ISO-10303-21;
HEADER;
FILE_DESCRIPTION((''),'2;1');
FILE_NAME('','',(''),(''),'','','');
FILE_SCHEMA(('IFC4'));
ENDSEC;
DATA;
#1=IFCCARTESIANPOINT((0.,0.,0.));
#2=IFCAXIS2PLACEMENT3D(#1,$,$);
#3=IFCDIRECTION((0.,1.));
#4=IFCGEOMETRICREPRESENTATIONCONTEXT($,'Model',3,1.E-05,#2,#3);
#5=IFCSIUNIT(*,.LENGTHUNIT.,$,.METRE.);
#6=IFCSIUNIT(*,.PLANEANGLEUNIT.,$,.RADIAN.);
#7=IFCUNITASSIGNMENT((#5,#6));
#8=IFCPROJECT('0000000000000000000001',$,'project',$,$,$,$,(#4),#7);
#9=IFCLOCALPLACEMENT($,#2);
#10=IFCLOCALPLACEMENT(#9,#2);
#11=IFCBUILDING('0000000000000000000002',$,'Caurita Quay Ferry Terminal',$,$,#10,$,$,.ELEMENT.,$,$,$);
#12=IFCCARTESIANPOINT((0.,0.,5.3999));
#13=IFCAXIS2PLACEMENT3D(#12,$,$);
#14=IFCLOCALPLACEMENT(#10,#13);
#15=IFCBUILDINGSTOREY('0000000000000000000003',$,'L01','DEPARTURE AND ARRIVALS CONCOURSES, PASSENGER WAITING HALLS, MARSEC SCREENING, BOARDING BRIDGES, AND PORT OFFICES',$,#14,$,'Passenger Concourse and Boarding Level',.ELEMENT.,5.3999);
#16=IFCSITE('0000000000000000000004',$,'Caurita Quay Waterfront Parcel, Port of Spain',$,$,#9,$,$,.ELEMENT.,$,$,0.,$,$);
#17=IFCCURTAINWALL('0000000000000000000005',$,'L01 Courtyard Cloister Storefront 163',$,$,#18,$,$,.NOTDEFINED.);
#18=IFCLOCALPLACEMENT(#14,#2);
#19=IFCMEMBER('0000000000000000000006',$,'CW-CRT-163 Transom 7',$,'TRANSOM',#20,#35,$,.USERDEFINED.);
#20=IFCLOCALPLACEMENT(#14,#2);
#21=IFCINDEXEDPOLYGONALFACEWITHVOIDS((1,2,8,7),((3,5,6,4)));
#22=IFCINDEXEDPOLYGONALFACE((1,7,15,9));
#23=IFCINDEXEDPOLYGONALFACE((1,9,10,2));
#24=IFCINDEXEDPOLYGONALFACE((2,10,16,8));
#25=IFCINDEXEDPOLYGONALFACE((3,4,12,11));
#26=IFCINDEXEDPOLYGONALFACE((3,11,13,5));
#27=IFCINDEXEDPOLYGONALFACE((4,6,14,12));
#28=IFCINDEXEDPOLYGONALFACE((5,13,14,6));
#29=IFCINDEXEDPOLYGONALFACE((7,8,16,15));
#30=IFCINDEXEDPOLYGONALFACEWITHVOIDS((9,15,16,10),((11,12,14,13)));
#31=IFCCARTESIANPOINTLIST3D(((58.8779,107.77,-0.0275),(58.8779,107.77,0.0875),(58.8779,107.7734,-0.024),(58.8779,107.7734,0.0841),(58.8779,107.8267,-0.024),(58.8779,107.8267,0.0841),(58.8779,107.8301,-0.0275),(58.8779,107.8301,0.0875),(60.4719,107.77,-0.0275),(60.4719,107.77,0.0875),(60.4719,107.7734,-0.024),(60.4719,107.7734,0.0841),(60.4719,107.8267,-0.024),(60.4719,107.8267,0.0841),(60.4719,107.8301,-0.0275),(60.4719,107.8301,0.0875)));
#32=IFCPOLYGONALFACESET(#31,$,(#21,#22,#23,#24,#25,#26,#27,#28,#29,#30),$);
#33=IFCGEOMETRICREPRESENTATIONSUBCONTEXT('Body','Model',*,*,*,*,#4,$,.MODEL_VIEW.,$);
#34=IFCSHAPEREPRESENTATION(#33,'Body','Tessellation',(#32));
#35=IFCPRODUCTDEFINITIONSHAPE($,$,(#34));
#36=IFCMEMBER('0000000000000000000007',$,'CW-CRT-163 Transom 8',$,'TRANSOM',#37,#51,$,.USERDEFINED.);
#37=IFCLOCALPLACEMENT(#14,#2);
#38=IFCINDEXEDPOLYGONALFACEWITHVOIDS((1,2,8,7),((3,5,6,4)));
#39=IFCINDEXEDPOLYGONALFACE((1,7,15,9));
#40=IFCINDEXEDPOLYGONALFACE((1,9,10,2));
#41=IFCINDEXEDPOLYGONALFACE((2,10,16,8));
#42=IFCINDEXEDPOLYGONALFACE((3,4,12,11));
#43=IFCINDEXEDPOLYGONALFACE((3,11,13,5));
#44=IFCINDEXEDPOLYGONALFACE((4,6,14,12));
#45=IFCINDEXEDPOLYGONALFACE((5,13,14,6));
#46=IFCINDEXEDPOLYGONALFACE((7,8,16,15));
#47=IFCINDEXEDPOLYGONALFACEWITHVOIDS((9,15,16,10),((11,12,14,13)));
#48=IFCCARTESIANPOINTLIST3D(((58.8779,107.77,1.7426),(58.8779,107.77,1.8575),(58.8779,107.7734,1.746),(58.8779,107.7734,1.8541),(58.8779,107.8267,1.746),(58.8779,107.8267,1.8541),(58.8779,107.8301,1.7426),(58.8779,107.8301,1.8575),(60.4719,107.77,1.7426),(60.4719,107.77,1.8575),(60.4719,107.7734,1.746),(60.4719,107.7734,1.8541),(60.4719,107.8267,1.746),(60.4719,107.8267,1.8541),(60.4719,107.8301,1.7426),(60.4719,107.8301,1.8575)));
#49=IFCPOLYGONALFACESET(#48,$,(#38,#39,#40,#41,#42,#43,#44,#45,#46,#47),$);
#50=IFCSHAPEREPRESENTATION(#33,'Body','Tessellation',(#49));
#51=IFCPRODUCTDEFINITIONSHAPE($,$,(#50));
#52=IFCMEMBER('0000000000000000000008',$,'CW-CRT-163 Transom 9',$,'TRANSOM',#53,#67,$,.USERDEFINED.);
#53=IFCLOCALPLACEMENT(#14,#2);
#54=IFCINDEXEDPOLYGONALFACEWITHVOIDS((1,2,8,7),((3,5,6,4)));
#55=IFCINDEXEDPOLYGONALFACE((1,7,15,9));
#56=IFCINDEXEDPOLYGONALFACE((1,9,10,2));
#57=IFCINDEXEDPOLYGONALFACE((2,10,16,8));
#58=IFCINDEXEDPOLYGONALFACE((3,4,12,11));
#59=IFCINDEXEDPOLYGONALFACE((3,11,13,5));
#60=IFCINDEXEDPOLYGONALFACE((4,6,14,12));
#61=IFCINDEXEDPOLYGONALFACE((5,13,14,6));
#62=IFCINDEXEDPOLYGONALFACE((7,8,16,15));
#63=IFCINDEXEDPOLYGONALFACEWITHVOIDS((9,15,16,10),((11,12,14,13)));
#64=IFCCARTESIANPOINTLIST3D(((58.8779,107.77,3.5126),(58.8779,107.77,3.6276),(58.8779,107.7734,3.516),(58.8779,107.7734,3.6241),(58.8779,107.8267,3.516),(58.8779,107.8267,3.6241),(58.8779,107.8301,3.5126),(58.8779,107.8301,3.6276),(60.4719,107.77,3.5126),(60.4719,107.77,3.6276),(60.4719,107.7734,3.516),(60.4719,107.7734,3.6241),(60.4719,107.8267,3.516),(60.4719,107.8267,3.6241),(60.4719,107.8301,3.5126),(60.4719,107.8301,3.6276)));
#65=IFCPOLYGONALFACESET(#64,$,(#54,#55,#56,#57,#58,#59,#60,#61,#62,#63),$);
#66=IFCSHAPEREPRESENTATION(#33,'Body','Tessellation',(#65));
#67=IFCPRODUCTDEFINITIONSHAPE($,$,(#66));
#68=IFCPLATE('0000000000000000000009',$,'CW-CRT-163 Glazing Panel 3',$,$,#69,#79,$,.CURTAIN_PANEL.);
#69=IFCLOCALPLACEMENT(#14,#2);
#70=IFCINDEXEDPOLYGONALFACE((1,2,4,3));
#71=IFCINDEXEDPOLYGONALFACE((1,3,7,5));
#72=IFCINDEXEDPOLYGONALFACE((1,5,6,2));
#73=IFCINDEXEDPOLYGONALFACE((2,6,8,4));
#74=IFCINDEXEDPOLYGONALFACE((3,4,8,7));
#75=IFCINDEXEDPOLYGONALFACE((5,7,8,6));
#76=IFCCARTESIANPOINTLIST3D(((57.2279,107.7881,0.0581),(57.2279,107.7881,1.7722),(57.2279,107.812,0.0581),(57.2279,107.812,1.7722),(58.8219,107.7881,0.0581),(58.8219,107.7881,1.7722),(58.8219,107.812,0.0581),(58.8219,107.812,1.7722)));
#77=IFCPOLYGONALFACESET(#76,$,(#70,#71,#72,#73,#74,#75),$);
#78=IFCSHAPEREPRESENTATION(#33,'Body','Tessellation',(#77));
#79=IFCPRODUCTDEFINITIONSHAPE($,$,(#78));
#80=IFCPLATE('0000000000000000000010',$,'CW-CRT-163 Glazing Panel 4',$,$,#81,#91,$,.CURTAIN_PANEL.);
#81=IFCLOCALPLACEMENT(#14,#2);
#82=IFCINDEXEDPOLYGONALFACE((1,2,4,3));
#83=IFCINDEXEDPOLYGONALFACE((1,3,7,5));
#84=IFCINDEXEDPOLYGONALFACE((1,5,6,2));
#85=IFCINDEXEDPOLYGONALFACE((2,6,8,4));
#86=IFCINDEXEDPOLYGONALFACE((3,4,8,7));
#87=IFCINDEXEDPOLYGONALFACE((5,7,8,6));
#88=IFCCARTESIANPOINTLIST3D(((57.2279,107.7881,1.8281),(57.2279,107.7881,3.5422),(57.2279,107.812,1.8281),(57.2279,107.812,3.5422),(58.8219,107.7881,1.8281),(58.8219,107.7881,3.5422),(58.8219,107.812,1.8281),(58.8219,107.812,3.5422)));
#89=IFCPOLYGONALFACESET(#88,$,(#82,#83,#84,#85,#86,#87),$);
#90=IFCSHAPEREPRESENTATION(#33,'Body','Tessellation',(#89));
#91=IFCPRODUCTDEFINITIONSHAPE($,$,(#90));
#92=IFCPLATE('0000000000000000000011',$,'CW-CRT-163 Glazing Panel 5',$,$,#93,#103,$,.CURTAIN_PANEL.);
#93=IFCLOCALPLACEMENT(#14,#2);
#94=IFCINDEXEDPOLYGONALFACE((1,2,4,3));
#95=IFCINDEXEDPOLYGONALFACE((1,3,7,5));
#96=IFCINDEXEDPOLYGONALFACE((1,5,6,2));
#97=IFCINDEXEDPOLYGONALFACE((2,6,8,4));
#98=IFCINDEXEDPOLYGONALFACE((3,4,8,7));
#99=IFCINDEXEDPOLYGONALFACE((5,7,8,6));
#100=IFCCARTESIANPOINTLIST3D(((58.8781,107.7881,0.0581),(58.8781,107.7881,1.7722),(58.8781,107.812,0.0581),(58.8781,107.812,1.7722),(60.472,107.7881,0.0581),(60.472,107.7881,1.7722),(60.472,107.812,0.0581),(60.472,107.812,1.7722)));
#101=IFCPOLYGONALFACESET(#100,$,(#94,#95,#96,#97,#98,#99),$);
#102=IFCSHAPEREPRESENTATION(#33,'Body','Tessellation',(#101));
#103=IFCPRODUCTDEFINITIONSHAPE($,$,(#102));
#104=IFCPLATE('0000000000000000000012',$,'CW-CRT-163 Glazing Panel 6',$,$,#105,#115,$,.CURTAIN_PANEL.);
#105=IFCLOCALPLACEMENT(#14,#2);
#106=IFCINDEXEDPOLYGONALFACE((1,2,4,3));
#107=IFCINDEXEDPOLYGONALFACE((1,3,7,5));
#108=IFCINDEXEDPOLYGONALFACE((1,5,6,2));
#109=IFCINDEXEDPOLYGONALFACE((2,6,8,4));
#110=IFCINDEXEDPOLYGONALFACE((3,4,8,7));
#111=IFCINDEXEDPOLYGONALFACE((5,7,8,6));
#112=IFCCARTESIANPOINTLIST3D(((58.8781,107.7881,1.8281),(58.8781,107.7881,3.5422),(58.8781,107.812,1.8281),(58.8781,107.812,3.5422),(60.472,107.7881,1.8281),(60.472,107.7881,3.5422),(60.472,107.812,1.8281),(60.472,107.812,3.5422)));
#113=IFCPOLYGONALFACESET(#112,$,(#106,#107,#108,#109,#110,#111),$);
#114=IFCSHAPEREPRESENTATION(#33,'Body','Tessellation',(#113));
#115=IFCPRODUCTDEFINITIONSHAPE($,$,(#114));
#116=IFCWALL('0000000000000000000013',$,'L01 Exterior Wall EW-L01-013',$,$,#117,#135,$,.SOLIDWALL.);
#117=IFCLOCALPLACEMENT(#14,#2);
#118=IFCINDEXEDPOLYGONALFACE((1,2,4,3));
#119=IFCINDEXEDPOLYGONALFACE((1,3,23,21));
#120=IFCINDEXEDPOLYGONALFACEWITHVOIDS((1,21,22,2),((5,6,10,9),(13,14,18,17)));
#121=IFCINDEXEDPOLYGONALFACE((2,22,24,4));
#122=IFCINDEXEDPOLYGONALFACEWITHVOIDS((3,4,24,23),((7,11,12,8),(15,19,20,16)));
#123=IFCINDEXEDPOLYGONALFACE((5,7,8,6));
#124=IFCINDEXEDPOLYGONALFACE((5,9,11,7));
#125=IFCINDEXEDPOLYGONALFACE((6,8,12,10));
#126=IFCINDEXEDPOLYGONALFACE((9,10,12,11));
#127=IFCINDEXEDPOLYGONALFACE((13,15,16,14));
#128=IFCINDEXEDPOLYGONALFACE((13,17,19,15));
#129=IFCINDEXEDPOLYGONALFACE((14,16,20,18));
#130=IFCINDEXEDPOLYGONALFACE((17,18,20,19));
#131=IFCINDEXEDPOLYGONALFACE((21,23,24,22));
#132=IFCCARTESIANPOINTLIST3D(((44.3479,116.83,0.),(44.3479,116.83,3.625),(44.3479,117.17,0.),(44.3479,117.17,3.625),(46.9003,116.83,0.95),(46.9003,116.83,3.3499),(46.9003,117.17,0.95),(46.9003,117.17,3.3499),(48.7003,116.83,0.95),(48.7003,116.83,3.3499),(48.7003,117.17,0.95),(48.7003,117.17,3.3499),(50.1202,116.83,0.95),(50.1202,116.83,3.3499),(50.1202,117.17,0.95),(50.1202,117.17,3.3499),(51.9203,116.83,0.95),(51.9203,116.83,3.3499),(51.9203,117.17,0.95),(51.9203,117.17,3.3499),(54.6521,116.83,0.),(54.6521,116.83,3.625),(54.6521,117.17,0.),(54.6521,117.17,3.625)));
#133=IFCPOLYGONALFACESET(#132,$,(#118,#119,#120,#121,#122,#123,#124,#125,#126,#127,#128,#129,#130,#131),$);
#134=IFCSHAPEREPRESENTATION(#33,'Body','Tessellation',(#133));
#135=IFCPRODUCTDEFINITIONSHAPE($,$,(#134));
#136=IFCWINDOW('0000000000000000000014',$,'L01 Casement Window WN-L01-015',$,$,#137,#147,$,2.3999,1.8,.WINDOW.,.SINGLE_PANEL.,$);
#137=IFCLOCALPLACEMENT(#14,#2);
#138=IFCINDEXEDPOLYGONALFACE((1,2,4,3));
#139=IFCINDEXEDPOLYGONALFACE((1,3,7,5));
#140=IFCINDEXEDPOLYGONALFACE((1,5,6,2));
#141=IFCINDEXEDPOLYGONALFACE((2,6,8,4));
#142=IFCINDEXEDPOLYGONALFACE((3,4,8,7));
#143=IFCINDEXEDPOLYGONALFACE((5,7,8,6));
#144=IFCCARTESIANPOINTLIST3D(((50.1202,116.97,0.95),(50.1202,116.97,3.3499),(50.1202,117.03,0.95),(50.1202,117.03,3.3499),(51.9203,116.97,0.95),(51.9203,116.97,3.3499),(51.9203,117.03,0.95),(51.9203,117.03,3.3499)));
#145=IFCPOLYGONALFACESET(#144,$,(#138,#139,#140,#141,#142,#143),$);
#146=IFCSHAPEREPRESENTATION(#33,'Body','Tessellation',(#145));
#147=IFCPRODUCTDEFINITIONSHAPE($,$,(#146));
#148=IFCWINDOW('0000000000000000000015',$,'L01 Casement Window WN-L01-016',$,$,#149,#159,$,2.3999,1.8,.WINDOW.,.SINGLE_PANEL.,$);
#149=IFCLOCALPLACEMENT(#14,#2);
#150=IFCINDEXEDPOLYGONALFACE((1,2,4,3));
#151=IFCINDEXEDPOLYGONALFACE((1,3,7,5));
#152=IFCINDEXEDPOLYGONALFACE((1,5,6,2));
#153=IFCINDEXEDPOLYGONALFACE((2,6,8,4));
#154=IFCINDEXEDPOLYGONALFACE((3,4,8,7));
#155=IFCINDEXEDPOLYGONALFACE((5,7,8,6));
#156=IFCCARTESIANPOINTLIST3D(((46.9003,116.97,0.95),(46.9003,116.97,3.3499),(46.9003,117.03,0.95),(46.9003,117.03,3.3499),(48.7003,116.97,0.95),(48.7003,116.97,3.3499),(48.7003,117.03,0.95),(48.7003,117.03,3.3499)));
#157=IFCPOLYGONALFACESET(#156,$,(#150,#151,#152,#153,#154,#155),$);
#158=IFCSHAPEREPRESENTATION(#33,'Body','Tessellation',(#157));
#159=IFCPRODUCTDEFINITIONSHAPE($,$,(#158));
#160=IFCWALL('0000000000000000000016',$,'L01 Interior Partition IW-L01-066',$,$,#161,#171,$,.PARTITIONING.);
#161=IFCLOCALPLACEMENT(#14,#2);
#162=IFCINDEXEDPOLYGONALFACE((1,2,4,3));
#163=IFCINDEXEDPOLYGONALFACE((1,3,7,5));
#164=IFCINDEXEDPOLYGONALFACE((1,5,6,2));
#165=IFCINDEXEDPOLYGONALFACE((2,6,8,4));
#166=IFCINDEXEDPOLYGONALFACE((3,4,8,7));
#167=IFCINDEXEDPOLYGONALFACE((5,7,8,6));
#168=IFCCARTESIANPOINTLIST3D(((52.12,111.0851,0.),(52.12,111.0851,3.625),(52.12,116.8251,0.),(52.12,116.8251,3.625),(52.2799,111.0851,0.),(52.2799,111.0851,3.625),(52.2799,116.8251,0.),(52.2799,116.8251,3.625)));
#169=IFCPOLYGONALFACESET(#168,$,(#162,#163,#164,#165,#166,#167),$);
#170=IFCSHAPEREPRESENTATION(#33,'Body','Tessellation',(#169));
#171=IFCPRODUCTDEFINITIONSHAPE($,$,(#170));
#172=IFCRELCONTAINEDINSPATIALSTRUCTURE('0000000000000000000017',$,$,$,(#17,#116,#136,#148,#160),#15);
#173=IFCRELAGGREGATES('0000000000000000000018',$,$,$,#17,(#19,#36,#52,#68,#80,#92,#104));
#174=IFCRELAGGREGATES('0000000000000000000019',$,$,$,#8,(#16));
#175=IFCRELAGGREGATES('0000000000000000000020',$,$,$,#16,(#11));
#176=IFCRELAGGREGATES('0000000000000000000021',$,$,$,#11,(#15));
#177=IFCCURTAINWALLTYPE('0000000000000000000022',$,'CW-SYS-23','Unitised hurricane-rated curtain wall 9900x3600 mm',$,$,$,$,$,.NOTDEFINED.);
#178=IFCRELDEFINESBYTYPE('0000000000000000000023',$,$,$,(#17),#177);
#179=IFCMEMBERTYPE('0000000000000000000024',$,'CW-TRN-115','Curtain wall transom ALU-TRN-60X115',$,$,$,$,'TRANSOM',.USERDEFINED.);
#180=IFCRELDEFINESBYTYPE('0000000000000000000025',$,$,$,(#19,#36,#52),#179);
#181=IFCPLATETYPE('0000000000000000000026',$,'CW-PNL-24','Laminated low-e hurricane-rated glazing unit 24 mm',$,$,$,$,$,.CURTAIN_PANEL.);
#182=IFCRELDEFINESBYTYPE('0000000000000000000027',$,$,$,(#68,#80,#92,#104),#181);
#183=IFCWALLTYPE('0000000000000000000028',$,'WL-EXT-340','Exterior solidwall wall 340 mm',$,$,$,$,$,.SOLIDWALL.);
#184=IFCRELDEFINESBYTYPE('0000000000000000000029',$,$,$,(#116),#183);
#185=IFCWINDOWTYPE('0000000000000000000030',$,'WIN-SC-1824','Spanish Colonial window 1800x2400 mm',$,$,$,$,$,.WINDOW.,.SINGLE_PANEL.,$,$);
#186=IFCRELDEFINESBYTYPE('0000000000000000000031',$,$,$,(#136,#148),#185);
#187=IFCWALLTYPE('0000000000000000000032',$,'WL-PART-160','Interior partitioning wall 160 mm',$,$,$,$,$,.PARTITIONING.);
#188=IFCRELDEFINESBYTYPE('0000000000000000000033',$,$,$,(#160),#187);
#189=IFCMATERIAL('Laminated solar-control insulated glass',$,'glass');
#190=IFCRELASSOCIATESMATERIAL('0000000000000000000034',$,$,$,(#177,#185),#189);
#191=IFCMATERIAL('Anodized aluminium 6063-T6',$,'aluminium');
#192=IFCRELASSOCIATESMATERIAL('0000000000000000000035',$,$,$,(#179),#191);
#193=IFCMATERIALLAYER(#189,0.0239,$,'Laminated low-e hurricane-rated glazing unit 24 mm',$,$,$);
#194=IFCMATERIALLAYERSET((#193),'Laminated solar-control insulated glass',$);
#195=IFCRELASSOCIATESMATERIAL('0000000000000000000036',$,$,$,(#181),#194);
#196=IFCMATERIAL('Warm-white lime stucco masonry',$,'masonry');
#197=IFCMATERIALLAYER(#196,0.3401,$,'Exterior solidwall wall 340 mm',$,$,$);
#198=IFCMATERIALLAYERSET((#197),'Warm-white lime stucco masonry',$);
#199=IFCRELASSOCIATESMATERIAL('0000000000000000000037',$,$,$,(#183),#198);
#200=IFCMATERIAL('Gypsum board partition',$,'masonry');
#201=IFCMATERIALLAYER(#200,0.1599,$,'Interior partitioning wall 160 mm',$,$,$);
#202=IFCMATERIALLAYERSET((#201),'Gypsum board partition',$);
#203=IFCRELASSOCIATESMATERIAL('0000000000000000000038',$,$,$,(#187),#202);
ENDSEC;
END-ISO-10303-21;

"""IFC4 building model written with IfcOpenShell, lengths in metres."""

from ifc_helpers import new_model, si_unit, direction, frame, frame_2d, origin, origin_2d, place, context, subcontext, project, spatial, rectangle, hollow_rectangle, extrude, material, layer, layer_set, material_profile, profile_set, type_object, element, fill, aggregate, save


model = new_model("IFC4")

# Units and contexts
model_context = context("Model", 3, precision=1e-05, world=origin(), true_north=direction((0.0, 1.0)))
body_context = subcontext(model_context, "Body", "Model", "MODEL_VIEW")
ifc_project = project(units=[si_unit("LENGTHUNIT", "METRE"), si_unit("PLANEANGLEUNIT", "RADIAN")], contexts=[model_context])

# Site, building, storey
site_placement = place(None, origin())
site = spatial("IfcSite", under=ifc_project, at=site_placement, Name="Caurita Quay Waterfront Parcel, Port of Spain", CompositionType="ELEMENT", RefElevation=0.0)
building_placement = place(site_placement, origin())
building = spatial("IfcBuilding", under=site, at=building_placement, Name="Caurita Quay Ferry Terminal", CompositionType="ELEMENT")
storey_placement = place(building_placement, frame((0.0, 0.0, 5.3999)))
storey = spatial("IfcBuildingStorey", under=building, at=storey_placement, Name="L01", Description="DEPARTURE AND ARRIVALS CONCOURSES, PASSENGER WAITING HALLS, MARSEC SCREENING, BOARDING BRIDGES, AND PORT OFFICES", LongName="Passenger Concourse and Boarding Level", CompositionType="ELEMENT", Elevation=5.3999)

# Curtain wall, members, plates
ifc_material_1 = material(Name="Laminated solar-control insulated glass", Category="glass")
curtain_wall_type = type_object("IfcCurtainWallType", Name="CW-SYS-23", Description="Unitised hurricane-rated curtain wall 9900x3600 mm", PredefinedType="NOTDEFINED", material=ifc_material_1)
curtain_wall_placement = place(storey_placement, origin())
curtain_wall = element("IfcCurtainWall", 1, at=curtain_wall_placement, inside=storey, type_object=curtain_wall_type, Name="L01 Courtyard Cloister Storefront 163", PredefinedType="NOTDEFINED")
ifc_material_2 = material(Name="Anodized aluminium 6063-T6", Category="aluminium")
ifc_material_profile_1 = material_profile(ifc_material_2, hollow_rectangle(XDim=0.0601, YDim=0.115, WallThickness=0.0034, at=origin_2d()), Name="ALU-TRN-60X115")
ifc_profile_set_1 = profile_set([ifc_material_profile_1], Name="Anodized aluminium 6063-T6")
member_type_1 = type_object("IfcMemberType", Name="CW-TRN-115", Description="Curtain wall transom ALU-TRN-60X115", ElementType="TRANSOM", PredefinedType="USERDEFINED", material=ifc_profile_set_1)
member_1_placement = place(storey_placement, frame((58.8779, 107.8, 0.03), z_axis=(1.0, 0.0, 0.0), x_axis=(0.0, 1.0, 0.0)))
member_1 = element("IfcMember", 2, at=member_1_placement, type_object=member_type_1, Name="CW-CRT-163 Transom 7", ObjectType="TRANSOM", PredefinedType="USERDEFINED", context=body_context, shape_type="SweptSolid", body=[
    extrude(hollow_rectangle(XDim=0.0601, YDim=0.115, WallThickness=0.0034, at=origin_2d()), origin(), (0.0, 0.0, 1.0), 1.594),
])
member_2_placement = place(storey_placement, frame((58.8779, 107.8, 1.8), z_axis=(1.0, 0.0, 0.0), x_axis=(0.0, 1.0, 0.0)))
member_2 = element("IfcMember", 3, at=member_2_placement, type_object=member_type_1, Name="CW-CRT-163 Transom 8", ObjectType="TRANSOM", PredefinedType="USERDEFINED", context=body_context, shape_type="SweptSolid", body=[
    extrude(hollow_rectangle(XDim=0.0601, YDim=0.115, WallThickness=0.0034, at=origin_2d()), origin(), (0.0, 0.0, 1.0), 1.594),
])
member_3_placement = place(storey_placement, frame((58.8779, 107.8, 3.5701), z_axis=(1.0, 0.0, 0.0), x_axis=(0.0, 1.0, 0.0)))
member_3 = element("IfcMember", 4, at=member_3_placement, type_object=member_type_1, Name="CW-CRT-163 Transom 9", ObjectType="TRANSOM", PredefinedType="USERDEFINED", context=body_context, shape_type="SweptSolid", body=[
    extrude(hollow_rectangle(XDim=0.0601, YDim=0.115, WallThickness=0.0034, at=origin_2d()), origin(), (0.0, 0.0, 1.0), 1.594),
])
ifc_layer_1 = layer(ifc_material_1, 0.0239, Name="Laminated low-e hurricane-rated glazing unit 24 mm")
ifc_layer_set_1 = layer_set([ifc_layer_1], Name="Laminated solar-control insulated glass")
plate_type = type_object("IfcPlateType", Name="CW-PNL-24", Description="Laminated low-e hurricane-rated glazing unit 24 mm", PredefinedType="CURTAIN_PANEL", material=ifc_layer_set_1)
plate_1_placement = place(storey_placement, frame((58.0249, 107.8, 0.0581), z_axis=(0.0, 0.0, 1.0), x_axis=(1.0, 0.0, 0.0)))
plate_1 = element("IfcPlate", 5, at=plate_1_placement, type_object=plate_type, Name="CW-CRT-163 Glazing Panel 3", PredefinedType="CURTAIN_PANEL", context=body_context, shape_type="SweptSolid", body=[
    extrude(rectangle(XDim=1.594, YDim=0.0239, at=origin_2d()), origin(), (0.0, 0.0, 1.0), 1.7141),
])
plate_2_placement = place(storey_placement, frame((58.0249, 107.8, 1.8281), z_axis=(0.0, 0.0, 1.0), x_axis=(1.0, 0.0, 0.0)))
plate_2 = element("IfcPlate", 6, at=plate_2_placement, type_object=plate_type, Name="CW-CRT-163 Glazing Panel 4", PredefinedType="CURTAIN_PANEL", context=body_context, shape_type="SweptSolid", body=[
    extrude(rectangle(XDim=1.594, YDim=0.0239, at=origin_2d()), origin(), (0.0, 0.0, 1.0), 1.7141),
])
plate_3_placement = place(storey_placement, frame((59.675, 107.8, 0.0581), z_axis=(0.0, 0.0, 1.0), x_axis=(1.0, 0.0, 0.0)))
plate_3 = element("IfcPlate", 7, at=plate_3_placement, type_object=plate_type, Name="CW-CRT-163 Glazing Panel 5", PredefinedType="CURTAIN_PANEL", context=body_context, shape_type="SweptSolid", body=[
    extrude(rectangle(XDim=1.594, YDim=0.0239, at=origin_2d()), origin(), (0.0, 0.0, 1.0), 1.7141),
])
plate_4_placement = place(storey_placement, frame((59.675, 107.8, 1.8281), z_axis=(0.0, 0.0, 1.0), x_axis=(1.0, 0.0, 0.0)))
plate_4 = element("IfcPlate", 8, at=plate_4_placement, type_object=plate_type, Name="CW-CRT-163 Glazing Panel 6", PredefinedType="CURTAIN_PANEL", context=body_context, shape_type="SweptSolid", body=[
    extrude(rectangle(XDim=1.594, YDim=0.0239, at=origin_2d()), origin(), (0.0, 0.0, 1.0), 1.7141),
])
aggregate(curtain_wall, [member_1, member_2, member_3, plate_1, plate_2, plate_3, plate_4])

# Wall, openings, windows
ifc_material_3 = material(Name="Warm-white lime stucco masonry", Category="masonry")
ifc_layer_2 = layer(ifc_material_3, 0.3401, Name="Exterior solidwall wall 340 mm")
ifc_layer_set_2 = layer_set([ifc_layer_2], Name="Warm-white lime stucco masonry")
wall_type_1 = type_object("IfcWallType", Name="WL-EXT-340", Description="Exterior solidwall wall 340 mm", PredefinedType="SOLIDWALL", material=ifc_layer_set_2)
wall_1_placement = place(storey_placement, frame((54.6521, 117.0, 0.0), z_axis=(0.0, 0.0, 1.0), x_axis=(-1.0, 0.0, 0.0)))
wall_1 = element("IfcWall", 9, at=wall_1_placement, inside=storey, type_object=wall_type_1, Name="L01 Exterior Wall EW-L01-013", PredefinedType="SOLIDWALL", context=body_context, shape_type="SweptSolid", body=[
    extrude(rectangle(XDim=10.3042, YDim=0.3401, at=frame_2d((5.1521, 0.0))), origin(), (0.0, 0.0, 1.0), 3.625),
])
opening_1_placement = place(wall_1_placement, frame((2.7319, 0.0, 0.95)))
opening_1 = element("IfcOpeningElement", 10, at=opening_1_placement, cuts=wall_1, PredefinedType="OPENING", context=body_context, shape_type="SweptSolid", body=[
    extrude(rectangle(XDim=1.8, YDim=2.3999, at=frame_2d((0.8999, 1.2))), frame((0.0, 0.1799, 0.0), z_axis=(0.0, -1.0, 0.0), x_axis=(1.0, 0.0, 0.0)), (0.0, 0.0, 1.0), 0.3601),
])
opening_2_placement = place(wall_1_placement, frame((5.9519, 0.0, 0.95)))
opening_2 = element("IfcOpeningElement", 11, at=opening_2_placement, cuts=wall_1, PredefinedType="OPENING", context=body_context, shape_type="SweptSolid", body=[
    extrude(rectangle(XDim=1.8, YDim=2.3999, at=frame_2d((0.8999, 1.2))), frame((0.0, 0.1799, 0.0), z_axis=(0.0, -1.0, 0.0), x_axis=(1.0, 0.0, 0.0)), (0.0, 0.0, 1.0), 0.3601),
])
window_type = type_object("IfcWindowType", Name="WIN-SC-1824", Description="Spanish Colonial window 1800x2400 mm", PartitioningType="SINGLE_PANEL", PredefinedType="WINDOW", material=ifc_material_1)
window_1_placement = place(opening_1_placement, origin())
window_1 = element("IfcWindow", 12, at=window_1_placement, inside=storey, type_object=window_type, Name="L01 Casement Window WN-L01-015", OverallHeight=2.3999, OverallWidth=1.8, PartitioningType="SINGLE_PANEL", PredefinedType="WINDOW", context=body_context, shape_type="SweptSolid", body=[
    extrude(rectangle(XDim=1.8, YDim=2.3999, at=frame_2d((0.8999, 1.2))), frame((0.0, 0.03, 0.0), z_axis=(0.0, -1.0, 0.0), x_axis=(1.0, 0.0, 0.0)), (0.0, 0.0, 1.0), 0.0601),
])
fill(opening_1, window_1)
window_2_placement = place(opening_2_placement, origin())
window_2 = element("IfcWindow", 13, at=window_2_placement, inside=storey, type_object=window_type, Name="L01 Casement Window WN-L01-016", OverallHeight=2.3999, OverallWidth=1.8, PartitioningType="SINGLE_PANEL", PredefinedType="WINDOW", context=body_context, shape_type="SweptSolid", body=[
    extrude(rectangle(XDim=1.8, YDim=2.3999, at=frame_2d((0.8999, 1.2))), frame((0.0, 0.03, 0.0), z_axis=(0.0, -1.0, 0.0), x_axis=(1.0, 0.0, 0.0)), (0.0, 0.0, 1.0), 0.0601),
])
fill(opening_2, window_2)

# Wall
ifc_material_4 = material(Name="Gypsum board partition", Category="masonry")
ifc_layer_3 = layer(ifc_material_4, 0.1599, Name="Interior partitioning wall 160 mm")
ifc_layer_set_3 = layer_set([ifc_layer_3], Name="Gypsum board partition")
wall_type_2 = type_object("IfcWallType", Name="WL-PART-160", Description="Interior partitioning wall 160 mm", PredefinedType="PARTITIONING", material=ifc_layer_set_3)
wall_2_placement = place(storey_placement, frame((52.2, 111.085, 0.0), z_axis=(0.0, 0.0, 1.0), x_axis=(0.0, 1.0, 0.0)))
element("IfcWall", 14, at=wall_2_placement, inside=storey, type_object=wall_type_2, Name="L01 Interior Partition IW-L01-066", PredefinedType="PARTITIONING", context=body_context, shape_type="SweptSolid", body=[
    extrude(rectangle(XDim=5.74, YDim=0.1599, at=frame_2d((2.8701, 0.0))), origin(), (0.0, 0.0, 1.0), 3.625),
])

save(model, "model.ifc")
